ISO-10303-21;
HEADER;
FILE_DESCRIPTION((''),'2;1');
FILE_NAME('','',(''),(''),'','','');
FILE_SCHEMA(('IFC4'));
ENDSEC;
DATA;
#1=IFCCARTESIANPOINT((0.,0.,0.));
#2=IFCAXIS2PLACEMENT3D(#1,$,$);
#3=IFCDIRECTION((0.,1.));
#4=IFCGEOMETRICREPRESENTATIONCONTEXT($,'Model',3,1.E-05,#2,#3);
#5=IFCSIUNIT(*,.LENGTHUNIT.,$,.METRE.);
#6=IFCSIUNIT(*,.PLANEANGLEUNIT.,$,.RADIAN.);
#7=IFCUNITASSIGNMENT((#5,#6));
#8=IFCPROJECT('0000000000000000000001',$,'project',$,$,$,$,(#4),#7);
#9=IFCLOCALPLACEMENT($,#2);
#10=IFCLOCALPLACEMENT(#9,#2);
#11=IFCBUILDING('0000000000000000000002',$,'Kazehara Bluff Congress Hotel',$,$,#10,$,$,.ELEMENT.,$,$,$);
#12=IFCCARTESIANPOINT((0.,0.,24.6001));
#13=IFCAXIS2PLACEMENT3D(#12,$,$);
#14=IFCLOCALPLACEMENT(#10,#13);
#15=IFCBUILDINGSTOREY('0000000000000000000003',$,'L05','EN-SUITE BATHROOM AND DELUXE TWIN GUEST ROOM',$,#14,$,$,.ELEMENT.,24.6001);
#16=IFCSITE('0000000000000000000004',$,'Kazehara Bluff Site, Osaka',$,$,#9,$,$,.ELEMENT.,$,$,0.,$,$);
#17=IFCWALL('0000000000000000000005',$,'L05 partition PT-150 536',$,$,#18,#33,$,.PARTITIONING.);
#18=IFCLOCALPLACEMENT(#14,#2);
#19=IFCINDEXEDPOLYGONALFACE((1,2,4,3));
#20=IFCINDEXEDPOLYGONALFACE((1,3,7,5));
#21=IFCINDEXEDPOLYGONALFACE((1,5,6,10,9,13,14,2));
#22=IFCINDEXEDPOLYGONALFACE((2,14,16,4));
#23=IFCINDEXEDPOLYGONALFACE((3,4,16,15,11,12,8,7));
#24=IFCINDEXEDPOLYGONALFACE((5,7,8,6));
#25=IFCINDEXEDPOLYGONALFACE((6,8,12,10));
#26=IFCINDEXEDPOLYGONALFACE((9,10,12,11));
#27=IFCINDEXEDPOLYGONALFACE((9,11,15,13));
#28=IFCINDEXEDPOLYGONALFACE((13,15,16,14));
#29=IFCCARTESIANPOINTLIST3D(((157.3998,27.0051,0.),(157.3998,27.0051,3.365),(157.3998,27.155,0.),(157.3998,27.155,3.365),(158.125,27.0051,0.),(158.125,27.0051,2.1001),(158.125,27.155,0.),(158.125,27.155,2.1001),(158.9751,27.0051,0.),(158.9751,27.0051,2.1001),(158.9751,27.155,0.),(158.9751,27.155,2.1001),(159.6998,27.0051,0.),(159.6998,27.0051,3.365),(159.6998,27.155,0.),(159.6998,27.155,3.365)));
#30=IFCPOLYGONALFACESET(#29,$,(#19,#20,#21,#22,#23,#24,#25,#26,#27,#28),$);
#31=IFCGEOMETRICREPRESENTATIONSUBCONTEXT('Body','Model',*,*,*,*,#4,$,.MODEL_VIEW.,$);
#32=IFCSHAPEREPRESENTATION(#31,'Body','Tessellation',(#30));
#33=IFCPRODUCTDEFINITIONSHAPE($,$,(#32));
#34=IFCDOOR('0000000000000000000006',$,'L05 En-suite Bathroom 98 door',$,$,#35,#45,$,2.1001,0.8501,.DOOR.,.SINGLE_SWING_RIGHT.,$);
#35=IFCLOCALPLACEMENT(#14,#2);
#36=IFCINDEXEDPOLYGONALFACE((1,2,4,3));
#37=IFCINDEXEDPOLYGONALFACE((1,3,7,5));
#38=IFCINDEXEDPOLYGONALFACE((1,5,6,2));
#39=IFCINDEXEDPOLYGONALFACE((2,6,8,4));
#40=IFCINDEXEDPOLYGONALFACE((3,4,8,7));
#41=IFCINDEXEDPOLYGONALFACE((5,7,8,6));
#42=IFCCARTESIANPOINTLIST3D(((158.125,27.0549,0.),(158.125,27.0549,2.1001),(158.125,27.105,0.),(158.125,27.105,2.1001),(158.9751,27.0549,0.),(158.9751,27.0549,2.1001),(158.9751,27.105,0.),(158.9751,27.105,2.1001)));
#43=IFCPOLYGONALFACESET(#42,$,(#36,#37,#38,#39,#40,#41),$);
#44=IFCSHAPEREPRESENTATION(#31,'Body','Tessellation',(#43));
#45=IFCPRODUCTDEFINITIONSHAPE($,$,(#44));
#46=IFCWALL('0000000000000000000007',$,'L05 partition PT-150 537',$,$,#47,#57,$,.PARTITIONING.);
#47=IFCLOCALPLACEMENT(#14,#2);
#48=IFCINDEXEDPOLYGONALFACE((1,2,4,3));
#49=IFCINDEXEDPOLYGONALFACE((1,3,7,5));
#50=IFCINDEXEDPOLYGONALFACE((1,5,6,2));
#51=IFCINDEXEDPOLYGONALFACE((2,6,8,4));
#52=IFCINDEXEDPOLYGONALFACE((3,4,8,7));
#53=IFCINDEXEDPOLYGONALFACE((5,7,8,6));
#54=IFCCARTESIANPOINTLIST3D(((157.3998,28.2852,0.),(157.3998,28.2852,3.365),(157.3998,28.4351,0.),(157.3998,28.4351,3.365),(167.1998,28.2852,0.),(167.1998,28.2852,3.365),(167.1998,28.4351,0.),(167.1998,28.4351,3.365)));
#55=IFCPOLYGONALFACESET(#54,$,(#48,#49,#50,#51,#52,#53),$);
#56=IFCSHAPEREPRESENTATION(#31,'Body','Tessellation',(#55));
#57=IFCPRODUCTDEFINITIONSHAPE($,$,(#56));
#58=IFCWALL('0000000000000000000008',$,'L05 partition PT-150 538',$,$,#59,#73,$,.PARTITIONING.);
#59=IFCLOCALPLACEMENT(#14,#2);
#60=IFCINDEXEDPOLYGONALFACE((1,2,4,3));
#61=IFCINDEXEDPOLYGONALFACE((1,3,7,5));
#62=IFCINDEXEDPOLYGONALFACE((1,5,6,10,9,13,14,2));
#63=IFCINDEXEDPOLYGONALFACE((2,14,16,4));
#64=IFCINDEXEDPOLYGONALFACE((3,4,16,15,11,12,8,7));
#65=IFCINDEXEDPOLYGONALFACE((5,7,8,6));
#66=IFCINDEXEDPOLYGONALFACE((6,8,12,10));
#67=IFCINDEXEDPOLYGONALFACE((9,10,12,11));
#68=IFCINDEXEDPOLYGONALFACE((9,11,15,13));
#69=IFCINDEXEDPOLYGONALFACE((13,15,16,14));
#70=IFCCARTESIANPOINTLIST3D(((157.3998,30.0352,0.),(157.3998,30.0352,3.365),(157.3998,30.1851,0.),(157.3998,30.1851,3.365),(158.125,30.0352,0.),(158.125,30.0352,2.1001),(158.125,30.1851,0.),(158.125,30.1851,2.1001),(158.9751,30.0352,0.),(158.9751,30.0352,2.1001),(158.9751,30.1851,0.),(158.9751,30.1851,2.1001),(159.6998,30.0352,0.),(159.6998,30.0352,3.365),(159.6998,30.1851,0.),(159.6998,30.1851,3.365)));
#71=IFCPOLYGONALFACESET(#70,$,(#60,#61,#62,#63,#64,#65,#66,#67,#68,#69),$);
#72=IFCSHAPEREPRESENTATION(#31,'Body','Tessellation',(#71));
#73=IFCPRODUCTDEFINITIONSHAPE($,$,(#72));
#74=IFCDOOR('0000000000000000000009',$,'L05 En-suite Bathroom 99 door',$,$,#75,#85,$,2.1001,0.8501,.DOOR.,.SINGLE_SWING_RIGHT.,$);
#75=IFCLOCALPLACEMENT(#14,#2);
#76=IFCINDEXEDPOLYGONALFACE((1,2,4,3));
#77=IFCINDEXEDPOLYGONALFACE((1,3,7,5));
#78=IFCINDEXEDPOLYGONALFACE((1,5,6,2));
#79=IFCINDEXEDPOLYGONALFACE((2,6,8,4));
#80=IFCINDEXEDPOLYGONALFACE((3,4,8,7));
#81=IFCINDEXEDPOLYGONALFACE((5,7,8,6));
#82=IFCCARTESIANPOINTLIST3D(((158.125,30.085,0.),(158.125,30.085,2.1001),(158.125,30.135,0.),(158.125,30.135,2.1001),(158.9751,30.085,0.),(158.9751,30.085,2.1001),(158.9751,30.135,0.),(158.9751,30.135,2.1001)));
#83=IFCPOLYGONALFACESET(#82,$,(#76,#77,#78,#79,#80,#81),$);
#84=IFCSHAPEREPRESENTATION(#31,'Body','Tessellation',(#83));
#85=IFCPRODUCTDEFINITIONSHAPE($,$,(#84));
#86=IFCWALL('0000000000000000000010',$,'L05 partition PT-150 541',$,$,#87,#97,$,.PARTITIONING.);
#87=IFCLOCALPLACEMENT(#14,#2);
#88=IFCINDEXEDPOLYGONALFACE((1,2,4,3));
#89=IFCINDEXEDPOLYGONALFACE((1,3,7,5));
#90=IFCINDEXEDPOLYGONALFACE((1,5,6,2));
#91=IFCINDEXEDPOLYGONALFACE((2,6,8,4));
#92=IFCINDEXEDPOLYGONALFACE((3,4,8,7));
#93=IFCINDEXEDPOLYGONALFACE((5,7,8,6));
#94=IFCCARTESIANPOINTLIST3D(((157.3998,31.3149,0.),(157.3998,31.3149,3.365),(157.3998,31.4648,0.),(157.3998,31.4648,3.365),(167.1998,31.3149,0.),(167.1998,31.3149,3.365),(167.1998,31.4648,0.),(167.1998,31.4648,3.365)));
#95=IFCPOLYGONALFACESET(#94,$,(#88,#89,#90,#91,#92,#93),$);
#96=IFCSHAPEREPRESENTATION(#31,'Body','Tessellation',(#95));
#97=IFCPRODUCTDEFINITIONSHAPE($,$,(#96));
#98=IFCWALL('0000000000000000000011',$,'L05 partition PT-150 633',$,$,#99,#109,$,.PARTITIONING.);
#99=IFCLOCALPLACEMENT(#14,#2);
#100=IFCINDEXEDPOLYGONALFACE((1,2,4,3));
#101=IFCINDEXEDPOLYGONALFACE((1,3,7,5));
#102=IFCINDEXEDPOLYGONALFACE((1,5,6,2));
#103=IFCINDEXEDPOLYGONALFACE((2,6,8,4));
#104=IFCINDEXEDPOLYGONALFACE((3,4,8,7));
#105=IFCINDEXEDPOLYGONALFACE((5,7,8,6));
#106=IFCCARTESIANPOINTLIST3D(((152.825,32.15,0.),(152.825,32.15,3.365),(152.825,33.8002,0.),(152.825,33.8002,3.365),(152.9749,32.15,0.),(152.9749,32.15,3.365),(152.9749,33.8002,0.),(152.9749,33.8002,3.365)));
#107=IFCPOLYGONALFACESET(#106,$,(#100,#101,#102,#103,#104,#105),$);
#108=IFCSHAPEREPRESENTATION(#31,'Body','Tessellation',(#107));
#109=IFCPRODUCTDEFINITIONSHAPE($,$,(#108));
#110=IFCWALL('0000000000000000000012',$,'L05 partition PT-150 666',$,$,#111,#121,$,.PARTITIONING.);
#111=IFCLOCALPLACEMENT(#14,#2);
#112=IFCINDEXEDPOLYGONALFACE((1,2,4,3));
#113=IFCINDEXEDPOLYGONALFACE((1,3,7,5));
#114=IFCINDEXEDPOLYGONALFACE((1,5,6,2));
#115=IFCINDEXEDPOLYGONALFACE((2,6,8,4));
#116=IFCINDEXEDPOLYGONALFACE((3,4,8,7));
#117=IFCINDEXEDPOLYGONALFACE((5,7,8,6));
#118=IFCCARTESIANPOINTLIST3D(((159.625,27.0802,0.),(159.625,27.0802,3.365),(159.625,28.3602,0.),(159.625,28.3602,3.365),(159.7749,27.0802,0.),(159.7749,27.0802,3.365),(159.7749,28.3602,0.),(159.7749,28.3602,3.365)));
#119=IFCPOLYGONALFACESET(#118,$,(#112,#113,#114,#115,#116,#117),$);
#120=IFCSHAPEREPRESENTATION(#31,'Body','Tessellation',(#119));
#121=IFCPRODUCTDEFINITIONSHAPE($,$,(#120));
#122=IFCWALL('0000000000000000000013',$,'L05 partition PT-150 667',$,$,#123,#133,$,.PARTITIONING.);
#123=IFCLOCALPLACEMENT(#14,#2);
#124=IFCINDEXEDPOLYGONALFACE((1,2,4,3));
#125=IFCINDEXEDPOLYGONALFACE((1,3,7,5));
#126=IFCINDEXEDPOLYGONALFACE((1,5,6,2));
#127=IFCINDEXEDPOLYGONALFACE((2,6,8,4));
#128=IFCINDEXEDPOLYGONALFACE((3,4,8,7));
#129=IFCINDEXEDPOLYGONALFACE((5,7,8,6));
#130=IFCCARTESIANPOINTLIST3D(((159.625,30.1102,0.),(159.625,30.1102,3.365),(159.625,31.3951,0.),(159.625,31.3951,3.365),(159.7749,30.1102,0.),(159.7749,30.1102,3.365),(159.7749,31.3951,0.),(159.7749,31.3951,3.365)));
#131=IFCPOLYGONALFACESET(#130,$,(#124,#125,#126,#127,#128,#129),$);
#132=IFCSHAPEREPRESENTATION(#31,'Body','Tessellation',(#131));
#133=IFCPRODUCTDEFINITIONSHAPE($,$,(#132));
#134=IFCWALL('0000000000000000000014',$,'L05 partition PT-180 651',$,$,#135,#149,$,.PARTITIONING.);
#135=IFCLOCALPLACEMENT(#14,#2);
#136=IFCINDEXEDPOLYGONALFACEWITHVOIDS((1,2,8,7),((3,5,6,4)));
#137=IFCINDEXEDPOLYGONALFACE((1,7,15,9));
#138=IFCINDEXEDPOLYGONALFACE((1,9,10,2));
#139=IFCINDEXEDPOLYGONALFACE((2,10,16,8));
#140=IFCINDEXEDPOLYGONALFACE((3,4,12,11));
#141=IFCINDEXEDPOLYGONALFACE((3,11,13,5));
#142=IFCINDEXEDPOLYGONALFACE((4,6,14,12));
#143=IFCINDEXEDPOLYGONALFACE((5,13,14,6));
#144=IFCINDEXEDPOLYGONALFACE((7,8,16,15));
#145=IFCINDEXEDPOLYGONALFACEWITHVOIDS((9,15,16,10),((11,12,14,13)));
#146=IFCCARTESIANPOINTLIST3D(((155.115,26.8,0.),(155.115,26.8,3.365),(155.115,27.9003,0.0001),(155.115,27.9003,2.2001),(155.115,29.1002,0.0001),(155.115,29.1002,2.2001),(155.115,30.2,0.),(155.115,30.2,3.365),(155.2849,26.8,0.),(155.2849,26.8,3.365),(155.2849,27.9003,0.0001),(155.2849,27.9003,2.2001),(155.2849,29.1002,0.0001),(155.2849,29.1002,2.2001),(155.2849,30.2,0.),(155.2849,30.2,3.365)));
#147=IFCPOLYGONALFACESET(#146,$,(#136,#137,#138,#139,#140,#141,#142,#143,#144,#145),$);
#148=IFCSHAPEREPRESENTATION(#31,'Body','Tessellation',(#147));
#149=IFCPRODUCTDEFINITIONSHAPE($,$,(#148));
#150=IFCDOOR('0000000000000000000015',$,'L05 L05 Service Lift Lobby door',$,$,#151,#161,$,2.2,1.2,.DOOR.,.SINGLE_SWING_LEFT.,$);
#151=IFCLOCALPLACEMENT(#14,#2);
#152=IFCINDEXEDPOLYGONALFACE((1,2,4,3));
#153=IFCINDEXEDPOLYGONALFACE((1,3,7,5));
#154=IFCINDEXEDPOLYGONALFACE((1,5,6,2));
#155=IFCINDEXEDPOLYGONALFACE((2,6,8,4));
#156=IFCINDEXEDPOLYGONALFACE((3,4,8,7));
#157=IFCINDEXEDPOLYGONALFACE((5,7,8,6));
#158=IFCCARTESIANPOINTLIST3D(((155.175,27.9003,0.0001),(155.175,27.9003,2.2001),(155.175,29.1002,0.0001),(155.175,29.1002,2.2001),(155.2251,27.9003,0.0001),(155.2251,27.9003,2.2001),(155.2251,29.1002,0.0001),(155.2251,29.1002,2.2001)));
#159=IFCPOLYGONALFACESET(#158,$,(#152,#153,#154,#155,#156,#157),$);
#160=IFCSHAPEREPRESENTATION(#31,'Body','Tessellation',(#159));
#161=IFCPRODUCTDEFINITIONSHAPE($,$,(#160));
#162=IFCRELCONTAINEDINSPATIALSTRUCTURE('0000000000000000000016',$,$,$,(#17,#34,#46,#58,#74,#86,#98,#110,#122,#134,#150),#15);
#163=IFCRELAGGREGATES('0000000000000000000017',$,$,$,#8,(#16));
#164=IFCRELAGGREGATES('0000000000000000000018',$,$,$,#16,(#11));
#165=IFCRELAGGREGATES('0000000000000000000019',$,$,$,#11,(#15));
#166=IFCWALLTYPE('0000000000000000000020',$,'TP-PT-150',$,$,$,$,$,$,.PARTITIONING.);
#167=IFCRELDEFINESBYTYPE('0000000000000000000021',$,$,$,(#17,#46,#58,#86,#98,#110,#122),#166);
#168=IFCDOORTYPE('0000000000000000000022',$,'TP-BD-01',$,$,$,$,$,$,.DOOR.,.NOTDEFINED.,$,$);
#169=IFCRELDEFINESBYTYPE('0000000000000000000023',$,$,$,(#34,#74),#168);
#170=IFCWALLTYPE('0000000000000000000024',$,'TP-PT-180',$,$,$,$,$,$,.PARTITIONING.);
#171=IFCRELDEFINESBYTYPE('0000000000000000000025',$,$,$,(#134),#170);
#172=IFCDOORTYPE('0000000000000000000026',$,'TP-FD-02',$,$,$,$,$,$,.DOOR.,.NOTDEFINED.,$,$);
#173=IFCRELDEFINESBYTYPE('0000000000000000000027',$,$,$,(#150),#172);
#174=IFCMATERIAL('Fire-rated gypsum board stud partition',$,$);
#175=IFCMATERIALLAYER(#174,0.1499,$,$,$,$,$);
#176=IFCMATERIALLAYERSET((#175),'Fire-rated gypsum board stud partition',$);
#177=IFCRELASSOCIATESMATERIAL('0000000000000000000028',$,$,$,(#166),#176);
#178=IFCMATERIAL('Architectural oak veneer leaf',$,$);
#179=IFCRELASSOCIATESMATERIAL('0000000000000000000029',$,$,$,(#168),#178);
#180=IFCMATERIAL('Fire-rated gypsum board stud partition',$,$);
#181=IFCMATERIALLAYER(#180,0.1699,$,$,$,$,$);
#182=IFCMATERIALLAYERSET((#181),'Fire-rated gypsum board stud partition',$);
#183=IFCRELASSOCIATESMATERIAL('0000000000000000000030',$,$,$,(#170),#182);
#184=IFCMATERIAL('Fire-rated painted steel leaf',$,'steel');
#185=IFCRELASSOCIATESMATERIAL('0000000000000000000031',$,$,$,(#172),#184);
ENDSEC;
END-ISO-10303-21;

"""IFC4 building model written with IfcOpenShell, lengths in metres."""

from ifc_helpers import new_model, si_unit, direction, frame, frame_2d, origin, place, context, subcontext, project, spatial, rectangle, extrude, material, layer, layer_set, type_object, element, fill, save


model = new_model("IFC4")

# Units and contexts
model_context = context("Model", 3, precision=1e-05, world=origin(), true_north=direction((0.0, 1.0)))
body_context = subcontext(model_context, "Body", "Model", "MODEL_VIEW")
ifc_project = project(units=[si_unit("LENGTHUNIT", "METRE"), si_unit("PLANEANGLEUNIT", "RADIAN")], contexts=[model_context])

# Site, building, storey
site_placement = place(None, origin())
site = spatial("IfcSite", under=ifc_project, at=site_placement, Name="Kazehara Bluff Site, Osaka", CompositionType="ELEMENT", RefElevation=0.0)
building_placement = place(site_placement, origin())
building = spatial("IfcBuilding", under=site, at=building_placement, Name="Kazehara Bluff Congress Hotel", CompositionType="ELEMENT")
storey_placement = place(building_placement, frame((0.0, 0.0, 24.6001)))
storey = spatial("IfcBuildingStorey", under=building, at=storey_placement, Name="L05", Description="EN-SUITE BATHROOM AND DELUXE TWIN GUEST ROOM", CompositionType="ELEMENT", Elevation=24.6001)

# Wall, opening, door
ifc_material_1 = material(Name="Fire-rated gypsum board stud partition")
ifc_layer_1 = layer(ifc_material_1, 0.1499)
ifc_layer_set_1 = layer_set([ifc_layer_1], Name="Fire-rated gypsum board stud partition")
wall_type_1 = type_object("IfcWallType", Name="TP-PT-150", PredefinedType="PARTITIONING", material=ifc_layer_set_1)
wall_1_placement = place(storey_placement, frame((157.3999, 27.0801, 0.0), z_axis=(0.0, 0.0, 1.0), x_axis=(1.0, 0.0, 0.0)))
wall_1 = element("IfcWall", 1, at=wall_1_placement, inside=storey, type_object=wall_type_1, Name="L05 partition PT-150 536", PredefinedType="PARTITIONING", context=body_context, shape_type="SweptSolid", body=[
    extrude(rectangle(XDim=2.3, YDim=0.1499, at=frame_2d((1.1499, 0.0))), origin(), (0.0, 0.0, 1.0), 3.365),
])
opening_1_placement = place(wall_1_placement, frame((0.7251, 0.0, 0.0)))
opening_1 = element("IfcOpeningElement", 2, at=opening_1_placement, cuts=wall_1, PredefinedType="OPENING", context=body_context, shape_type="SweptSolid", body=[
    extrude(rectangle(XDim=0.8501, YDim=2.1001, at=frame_2d((0.425, 1.05))), frame((0.0, 0.085, 0.0), z_axis=(0.0, -1.0, 0.0), x_axis=(1.0, 0.0, 0.0)), (0.0, 0.0, 1.0), 0.1699),
])
ifc_material_2 = material(Name="Architectural oak veneer leaf")
door_type_1 = type_object("IfcDoorType", Name="TP-BD-01", OperationType="NOTDEFINED", PredefinedType="DOOR", material=ifc_material_2)
door_1_placement = place(opening_1_placement, origin())
door_1 = element("IfcDoor", 3, at=door_1_placement, inside=storey, type_object=door_type_1, Name="L05 En-suite Bathroom 98 door", OperationType="SINGLE_SWING_RIGHT", OverallHeight=2.1001, OverallWidth=0.8501, PredefinedType="DOOR", context=body_context, shape_type="SweptSolid", body=[
    extrude(rectangle(XDim=0.8501, YDim=2.1001, at=frame_2d((0.425, 1.05))), frame((0.0, 0.0249, 0.0), z_axis=(0.0, -1.0, 0.0), x_axis=(1.0, 0.0, 0.0)), (0.0, 0.0, 1.0), 0.05),
])
fill(opening_1, door_1)

# Wall
wall_2_placement = place(storey_placement, frame((157.3999, 28.3601, 0.0), z_axis=(0.0, 0.0, 1.0), x_axis=(1.0, 0.0, 0.0)))
element("IfcWall", 4, at=wall_2_placement, inside=storey, type_object=wall_type_1, Name="L05 partition PT-150 537", PredefinedType="PARTITIONING", context=body_context, shape_type="SweptSolid", body=[
    extrude(rectangle(XDim=9.8, YDim=0.1499, at=frame_2d((4.8999, 0.0))), origin(), (0.0, 0.0, 1.0), 3.365),
])

# Wall, opening, door
wall_3_placement = place(storey_placement, frame((157.3999, 30.1101, 0.0), z_axis=(0.0, 0.0, 1.0), x_axis=(1.0, 0.0, 0.0)))
wall_3 = element("IfcWall", 5, at=wall_3_placement, inside=storey, type_object=wall_type_1, Name="L05 partition PT-150 538", PredefinedType="PARTITIONING", context=body_context, shape_type="SweptSolid", body=[
    extrude(rectangle(XDim=2.3, YDim=0.1499, at=frame_2d((1.1499, 0.0))), origin(), (0.0, 0.0, 1.0), 3.365),
])
opening_2_placement = place(wall_3_placement, frame((0.7251, 0.0, 0.0)))
opening_2 = element("IfcOpeningElement", 6, at=opening_2_placement, cuts=wall_3, PredefinedType="OPENING", context=body_context, shape_type="SweptSolid", body=[
    extrude(rectangle(XDim=0.8501, YDim=2.1001, at=frame_2d((0.425, 1.05))), frame((0.0, 0.085, 0.0), z_axis=(0.0, -1.0, 0.0), x_axis=(1.0, 0.0, 0.0)), (0.0, 0.0, 1.0), 0.1699),
])
door_2_placement = place(opening_2_placement, origin())
door_2 = element("IfcDoor", 7, at=door_2_placement, inside=storey, type_object=door_type_1, Name="L05 En-suite Bathroom 99 door", OperationType="SINGLE_SWING_RIGHT", OverallHeight=2.1001, OverallWidth=0.8501, PredefinedType="DOOR", context=body_context, shape_type="SweptSolid", body=[
    extrude(rectangle(XDim=0.8501, YDim=2.1001, at=frame_2d((0.425, 1.05))), frame((0.0, 0.0249, 0.0), z_axis=(0.0, -1.0, 0.0), x_axis=(1.0, 0.0, 0.0)), (0.0, 0.0, 1.0), 0.05),
])
fill(opening_2, door_2)

# Walls
wall_4_placement = place(storey_placement, frame((157.3999, 31.3899, 0.0), z_axis=(0.0, 0.0, 1.0), x_axis=(1.0, 0.0, 0.0)))
element("IfcWall", 8, at=wall_4_placement, inside=storey, type_object=wall_type_1, Name="L05 partition PT-150 541", PredefinedType="PARTITIONING", context=body_context, shape_type="SweptSolid", body=[
    extrude(rectangle(XDim=9.8, YDim=0.1499, at=frame_2d((4.8999, 0.0))), origin(), (0.0, 0.0, 1.0), 3.365),
])
wall_5_placement = place(storey_placement, frame((152.8999, 32.1499, 0.0), z_axis=(0.0, 0.0, 1.0), x_axis=(0.0, 1.0, 0.0)))
element("IfcWall", 9, at=wall_5_placement, inside=storey, type_object=wall_type_1, Name="L05 partition PT-150 633", PredefinedType="PARTITIONING", context=body_context, shape_type="SweptSolid", body=[
    extrude(rectangle(XDim=1.6501, YDim=0.1499, at=frame_2d((0.8252, 0.0))), origin(), (0.0, 0.0, 1.0), 3.365),
])

# Walls
wall_6_placement = place(storey_placement, frame((159.7, 27.0801, 0.0), z_axis=(0.0, 0.0, 1.0), x_axis=(0.0, 1.0, 0.0)))
element("IfcWall", 10, at=wall_6_placement, inside=storey, type_object=wall_type_1, Name="L05 partition PT-150 666", PredefinedType="PARTITIONING", context=body_context, shape_type="SweptSolid", body=[
    extrude(rectangle(XDim=1.28, YDim=0.1499, at=frame_2d((0.6401, 0.0))), origin(), (0.0, 0.0, 1.0), 3.365),
])
wall_7_placement = place(storey_placement, frame((159.7, 30.1101, 0.0), z_axis=(0.0, 0.0, 1.0), x_axis=(0.0, 1.0, 0.0)))
element("IfcWall", 11, at=wall_7_placement, inside=storey, type_object=wall_type_1, Name="L05 partition PT-150 667", PredefinedType="PARTITIONING", context=body_context, shape_type="SweptSolid", body=[
    extrude(rectangle(XDim=1.2849, YDim=0.1499, at=frame_2d((0.6426, 0.0))), origin(), (0.0, 0.0, 1.0), 3.365),
])

# Wall, opening, door
ifc_material_3 = material(Name="Fire-rated gypsum board stud partition")
ifc_layer_2 = layer(ifc_material_3, 0.1699)
ifc_layer_set_2 = layer_set([ifc_layer_2], Name="Fire-rated gypsum board stud partition")
wall_type_2 = type_object("IfcWallType", Name="TP-PT-180", PredefinedType="PARTITIONING", material=ifc_layer_set_2)
wall_8_placement = place(storey_placement, frame((155.2, 26.8, 0.0), z_axis=(0.0, 0.0, 1.0), x_axis=(0.0, 1.0, 0.0)))
wall_8 = element("IfcWall", 12, at=wall_8_placement, inside=storey, type_object=wall_type_2, Name="L05 partition PT-180 651", PredefinedType="PARTITIONING", context=body_context, shape_type="SweptSolid", body=[
    extrude(rectangle(XDim=3.3999, YDim=0.1699, at=frame_2d((1.7, 0.0))), origin(), (0.0, 0.0, 1.0), 3.365),
])
opening_3_placement = place(wall_8_placement, frame((1.1001, 0.0, 0.0)))
opening_3 = element("IfcOpeningElement", 13, at=opening_3_placement, cuts=wall_8, PredefinedType="OPENING", context=body_context, shape_type="SweptSolid", body=[
    extrude(rectangle(XDim=1.2, YDim=2.2, at=frame_2d((0.6001, 1.1001))), frame((0.0, 0.095, 0.0), z_axis=(0.0, -1.0, 0.0), x_axis=(1.0, 0.0, 0.0)), (0.0, 0.0, 1.0), 0.1899),
])
ifc_material_4 = material(Name="Fire-rated painted steel leaf", Category="steel")
door_type_2 = type_object("IfcDoorType", Name="TP-FD-02", OperationType="NOTDEFINED", PredefinedType="DOOR", material=ifc_material_4)
door_3_placement = place(opening_3_placement, origin())
door_3 = element("IfcDoor", 14, at=door_3_placement, inside=storey, type_object=door_type_2, Name="L05 L05 Service Lift Lobby door", OperationType="SINGLE_SWING_LEFT", OverallHeight=2.2, OverallWidth=1.2, PredefinedType="DOOR", context=body_context, shape_type="SweptSolid", body=[
    extrude(rectangle(XDim=1.2, YDim=2.2, at=frame_2d((0.6001, 1.1001))), frame((0.0, 0.0249, 0.0), z_axis=(0.0, -1.0, 0.0), x_axis=(1.0, 0.0, 0.0)), (0.0, 0.0, 1.0), 0.05),
])
fill(opening_3, door_3)

save(model, "model.ifc")
